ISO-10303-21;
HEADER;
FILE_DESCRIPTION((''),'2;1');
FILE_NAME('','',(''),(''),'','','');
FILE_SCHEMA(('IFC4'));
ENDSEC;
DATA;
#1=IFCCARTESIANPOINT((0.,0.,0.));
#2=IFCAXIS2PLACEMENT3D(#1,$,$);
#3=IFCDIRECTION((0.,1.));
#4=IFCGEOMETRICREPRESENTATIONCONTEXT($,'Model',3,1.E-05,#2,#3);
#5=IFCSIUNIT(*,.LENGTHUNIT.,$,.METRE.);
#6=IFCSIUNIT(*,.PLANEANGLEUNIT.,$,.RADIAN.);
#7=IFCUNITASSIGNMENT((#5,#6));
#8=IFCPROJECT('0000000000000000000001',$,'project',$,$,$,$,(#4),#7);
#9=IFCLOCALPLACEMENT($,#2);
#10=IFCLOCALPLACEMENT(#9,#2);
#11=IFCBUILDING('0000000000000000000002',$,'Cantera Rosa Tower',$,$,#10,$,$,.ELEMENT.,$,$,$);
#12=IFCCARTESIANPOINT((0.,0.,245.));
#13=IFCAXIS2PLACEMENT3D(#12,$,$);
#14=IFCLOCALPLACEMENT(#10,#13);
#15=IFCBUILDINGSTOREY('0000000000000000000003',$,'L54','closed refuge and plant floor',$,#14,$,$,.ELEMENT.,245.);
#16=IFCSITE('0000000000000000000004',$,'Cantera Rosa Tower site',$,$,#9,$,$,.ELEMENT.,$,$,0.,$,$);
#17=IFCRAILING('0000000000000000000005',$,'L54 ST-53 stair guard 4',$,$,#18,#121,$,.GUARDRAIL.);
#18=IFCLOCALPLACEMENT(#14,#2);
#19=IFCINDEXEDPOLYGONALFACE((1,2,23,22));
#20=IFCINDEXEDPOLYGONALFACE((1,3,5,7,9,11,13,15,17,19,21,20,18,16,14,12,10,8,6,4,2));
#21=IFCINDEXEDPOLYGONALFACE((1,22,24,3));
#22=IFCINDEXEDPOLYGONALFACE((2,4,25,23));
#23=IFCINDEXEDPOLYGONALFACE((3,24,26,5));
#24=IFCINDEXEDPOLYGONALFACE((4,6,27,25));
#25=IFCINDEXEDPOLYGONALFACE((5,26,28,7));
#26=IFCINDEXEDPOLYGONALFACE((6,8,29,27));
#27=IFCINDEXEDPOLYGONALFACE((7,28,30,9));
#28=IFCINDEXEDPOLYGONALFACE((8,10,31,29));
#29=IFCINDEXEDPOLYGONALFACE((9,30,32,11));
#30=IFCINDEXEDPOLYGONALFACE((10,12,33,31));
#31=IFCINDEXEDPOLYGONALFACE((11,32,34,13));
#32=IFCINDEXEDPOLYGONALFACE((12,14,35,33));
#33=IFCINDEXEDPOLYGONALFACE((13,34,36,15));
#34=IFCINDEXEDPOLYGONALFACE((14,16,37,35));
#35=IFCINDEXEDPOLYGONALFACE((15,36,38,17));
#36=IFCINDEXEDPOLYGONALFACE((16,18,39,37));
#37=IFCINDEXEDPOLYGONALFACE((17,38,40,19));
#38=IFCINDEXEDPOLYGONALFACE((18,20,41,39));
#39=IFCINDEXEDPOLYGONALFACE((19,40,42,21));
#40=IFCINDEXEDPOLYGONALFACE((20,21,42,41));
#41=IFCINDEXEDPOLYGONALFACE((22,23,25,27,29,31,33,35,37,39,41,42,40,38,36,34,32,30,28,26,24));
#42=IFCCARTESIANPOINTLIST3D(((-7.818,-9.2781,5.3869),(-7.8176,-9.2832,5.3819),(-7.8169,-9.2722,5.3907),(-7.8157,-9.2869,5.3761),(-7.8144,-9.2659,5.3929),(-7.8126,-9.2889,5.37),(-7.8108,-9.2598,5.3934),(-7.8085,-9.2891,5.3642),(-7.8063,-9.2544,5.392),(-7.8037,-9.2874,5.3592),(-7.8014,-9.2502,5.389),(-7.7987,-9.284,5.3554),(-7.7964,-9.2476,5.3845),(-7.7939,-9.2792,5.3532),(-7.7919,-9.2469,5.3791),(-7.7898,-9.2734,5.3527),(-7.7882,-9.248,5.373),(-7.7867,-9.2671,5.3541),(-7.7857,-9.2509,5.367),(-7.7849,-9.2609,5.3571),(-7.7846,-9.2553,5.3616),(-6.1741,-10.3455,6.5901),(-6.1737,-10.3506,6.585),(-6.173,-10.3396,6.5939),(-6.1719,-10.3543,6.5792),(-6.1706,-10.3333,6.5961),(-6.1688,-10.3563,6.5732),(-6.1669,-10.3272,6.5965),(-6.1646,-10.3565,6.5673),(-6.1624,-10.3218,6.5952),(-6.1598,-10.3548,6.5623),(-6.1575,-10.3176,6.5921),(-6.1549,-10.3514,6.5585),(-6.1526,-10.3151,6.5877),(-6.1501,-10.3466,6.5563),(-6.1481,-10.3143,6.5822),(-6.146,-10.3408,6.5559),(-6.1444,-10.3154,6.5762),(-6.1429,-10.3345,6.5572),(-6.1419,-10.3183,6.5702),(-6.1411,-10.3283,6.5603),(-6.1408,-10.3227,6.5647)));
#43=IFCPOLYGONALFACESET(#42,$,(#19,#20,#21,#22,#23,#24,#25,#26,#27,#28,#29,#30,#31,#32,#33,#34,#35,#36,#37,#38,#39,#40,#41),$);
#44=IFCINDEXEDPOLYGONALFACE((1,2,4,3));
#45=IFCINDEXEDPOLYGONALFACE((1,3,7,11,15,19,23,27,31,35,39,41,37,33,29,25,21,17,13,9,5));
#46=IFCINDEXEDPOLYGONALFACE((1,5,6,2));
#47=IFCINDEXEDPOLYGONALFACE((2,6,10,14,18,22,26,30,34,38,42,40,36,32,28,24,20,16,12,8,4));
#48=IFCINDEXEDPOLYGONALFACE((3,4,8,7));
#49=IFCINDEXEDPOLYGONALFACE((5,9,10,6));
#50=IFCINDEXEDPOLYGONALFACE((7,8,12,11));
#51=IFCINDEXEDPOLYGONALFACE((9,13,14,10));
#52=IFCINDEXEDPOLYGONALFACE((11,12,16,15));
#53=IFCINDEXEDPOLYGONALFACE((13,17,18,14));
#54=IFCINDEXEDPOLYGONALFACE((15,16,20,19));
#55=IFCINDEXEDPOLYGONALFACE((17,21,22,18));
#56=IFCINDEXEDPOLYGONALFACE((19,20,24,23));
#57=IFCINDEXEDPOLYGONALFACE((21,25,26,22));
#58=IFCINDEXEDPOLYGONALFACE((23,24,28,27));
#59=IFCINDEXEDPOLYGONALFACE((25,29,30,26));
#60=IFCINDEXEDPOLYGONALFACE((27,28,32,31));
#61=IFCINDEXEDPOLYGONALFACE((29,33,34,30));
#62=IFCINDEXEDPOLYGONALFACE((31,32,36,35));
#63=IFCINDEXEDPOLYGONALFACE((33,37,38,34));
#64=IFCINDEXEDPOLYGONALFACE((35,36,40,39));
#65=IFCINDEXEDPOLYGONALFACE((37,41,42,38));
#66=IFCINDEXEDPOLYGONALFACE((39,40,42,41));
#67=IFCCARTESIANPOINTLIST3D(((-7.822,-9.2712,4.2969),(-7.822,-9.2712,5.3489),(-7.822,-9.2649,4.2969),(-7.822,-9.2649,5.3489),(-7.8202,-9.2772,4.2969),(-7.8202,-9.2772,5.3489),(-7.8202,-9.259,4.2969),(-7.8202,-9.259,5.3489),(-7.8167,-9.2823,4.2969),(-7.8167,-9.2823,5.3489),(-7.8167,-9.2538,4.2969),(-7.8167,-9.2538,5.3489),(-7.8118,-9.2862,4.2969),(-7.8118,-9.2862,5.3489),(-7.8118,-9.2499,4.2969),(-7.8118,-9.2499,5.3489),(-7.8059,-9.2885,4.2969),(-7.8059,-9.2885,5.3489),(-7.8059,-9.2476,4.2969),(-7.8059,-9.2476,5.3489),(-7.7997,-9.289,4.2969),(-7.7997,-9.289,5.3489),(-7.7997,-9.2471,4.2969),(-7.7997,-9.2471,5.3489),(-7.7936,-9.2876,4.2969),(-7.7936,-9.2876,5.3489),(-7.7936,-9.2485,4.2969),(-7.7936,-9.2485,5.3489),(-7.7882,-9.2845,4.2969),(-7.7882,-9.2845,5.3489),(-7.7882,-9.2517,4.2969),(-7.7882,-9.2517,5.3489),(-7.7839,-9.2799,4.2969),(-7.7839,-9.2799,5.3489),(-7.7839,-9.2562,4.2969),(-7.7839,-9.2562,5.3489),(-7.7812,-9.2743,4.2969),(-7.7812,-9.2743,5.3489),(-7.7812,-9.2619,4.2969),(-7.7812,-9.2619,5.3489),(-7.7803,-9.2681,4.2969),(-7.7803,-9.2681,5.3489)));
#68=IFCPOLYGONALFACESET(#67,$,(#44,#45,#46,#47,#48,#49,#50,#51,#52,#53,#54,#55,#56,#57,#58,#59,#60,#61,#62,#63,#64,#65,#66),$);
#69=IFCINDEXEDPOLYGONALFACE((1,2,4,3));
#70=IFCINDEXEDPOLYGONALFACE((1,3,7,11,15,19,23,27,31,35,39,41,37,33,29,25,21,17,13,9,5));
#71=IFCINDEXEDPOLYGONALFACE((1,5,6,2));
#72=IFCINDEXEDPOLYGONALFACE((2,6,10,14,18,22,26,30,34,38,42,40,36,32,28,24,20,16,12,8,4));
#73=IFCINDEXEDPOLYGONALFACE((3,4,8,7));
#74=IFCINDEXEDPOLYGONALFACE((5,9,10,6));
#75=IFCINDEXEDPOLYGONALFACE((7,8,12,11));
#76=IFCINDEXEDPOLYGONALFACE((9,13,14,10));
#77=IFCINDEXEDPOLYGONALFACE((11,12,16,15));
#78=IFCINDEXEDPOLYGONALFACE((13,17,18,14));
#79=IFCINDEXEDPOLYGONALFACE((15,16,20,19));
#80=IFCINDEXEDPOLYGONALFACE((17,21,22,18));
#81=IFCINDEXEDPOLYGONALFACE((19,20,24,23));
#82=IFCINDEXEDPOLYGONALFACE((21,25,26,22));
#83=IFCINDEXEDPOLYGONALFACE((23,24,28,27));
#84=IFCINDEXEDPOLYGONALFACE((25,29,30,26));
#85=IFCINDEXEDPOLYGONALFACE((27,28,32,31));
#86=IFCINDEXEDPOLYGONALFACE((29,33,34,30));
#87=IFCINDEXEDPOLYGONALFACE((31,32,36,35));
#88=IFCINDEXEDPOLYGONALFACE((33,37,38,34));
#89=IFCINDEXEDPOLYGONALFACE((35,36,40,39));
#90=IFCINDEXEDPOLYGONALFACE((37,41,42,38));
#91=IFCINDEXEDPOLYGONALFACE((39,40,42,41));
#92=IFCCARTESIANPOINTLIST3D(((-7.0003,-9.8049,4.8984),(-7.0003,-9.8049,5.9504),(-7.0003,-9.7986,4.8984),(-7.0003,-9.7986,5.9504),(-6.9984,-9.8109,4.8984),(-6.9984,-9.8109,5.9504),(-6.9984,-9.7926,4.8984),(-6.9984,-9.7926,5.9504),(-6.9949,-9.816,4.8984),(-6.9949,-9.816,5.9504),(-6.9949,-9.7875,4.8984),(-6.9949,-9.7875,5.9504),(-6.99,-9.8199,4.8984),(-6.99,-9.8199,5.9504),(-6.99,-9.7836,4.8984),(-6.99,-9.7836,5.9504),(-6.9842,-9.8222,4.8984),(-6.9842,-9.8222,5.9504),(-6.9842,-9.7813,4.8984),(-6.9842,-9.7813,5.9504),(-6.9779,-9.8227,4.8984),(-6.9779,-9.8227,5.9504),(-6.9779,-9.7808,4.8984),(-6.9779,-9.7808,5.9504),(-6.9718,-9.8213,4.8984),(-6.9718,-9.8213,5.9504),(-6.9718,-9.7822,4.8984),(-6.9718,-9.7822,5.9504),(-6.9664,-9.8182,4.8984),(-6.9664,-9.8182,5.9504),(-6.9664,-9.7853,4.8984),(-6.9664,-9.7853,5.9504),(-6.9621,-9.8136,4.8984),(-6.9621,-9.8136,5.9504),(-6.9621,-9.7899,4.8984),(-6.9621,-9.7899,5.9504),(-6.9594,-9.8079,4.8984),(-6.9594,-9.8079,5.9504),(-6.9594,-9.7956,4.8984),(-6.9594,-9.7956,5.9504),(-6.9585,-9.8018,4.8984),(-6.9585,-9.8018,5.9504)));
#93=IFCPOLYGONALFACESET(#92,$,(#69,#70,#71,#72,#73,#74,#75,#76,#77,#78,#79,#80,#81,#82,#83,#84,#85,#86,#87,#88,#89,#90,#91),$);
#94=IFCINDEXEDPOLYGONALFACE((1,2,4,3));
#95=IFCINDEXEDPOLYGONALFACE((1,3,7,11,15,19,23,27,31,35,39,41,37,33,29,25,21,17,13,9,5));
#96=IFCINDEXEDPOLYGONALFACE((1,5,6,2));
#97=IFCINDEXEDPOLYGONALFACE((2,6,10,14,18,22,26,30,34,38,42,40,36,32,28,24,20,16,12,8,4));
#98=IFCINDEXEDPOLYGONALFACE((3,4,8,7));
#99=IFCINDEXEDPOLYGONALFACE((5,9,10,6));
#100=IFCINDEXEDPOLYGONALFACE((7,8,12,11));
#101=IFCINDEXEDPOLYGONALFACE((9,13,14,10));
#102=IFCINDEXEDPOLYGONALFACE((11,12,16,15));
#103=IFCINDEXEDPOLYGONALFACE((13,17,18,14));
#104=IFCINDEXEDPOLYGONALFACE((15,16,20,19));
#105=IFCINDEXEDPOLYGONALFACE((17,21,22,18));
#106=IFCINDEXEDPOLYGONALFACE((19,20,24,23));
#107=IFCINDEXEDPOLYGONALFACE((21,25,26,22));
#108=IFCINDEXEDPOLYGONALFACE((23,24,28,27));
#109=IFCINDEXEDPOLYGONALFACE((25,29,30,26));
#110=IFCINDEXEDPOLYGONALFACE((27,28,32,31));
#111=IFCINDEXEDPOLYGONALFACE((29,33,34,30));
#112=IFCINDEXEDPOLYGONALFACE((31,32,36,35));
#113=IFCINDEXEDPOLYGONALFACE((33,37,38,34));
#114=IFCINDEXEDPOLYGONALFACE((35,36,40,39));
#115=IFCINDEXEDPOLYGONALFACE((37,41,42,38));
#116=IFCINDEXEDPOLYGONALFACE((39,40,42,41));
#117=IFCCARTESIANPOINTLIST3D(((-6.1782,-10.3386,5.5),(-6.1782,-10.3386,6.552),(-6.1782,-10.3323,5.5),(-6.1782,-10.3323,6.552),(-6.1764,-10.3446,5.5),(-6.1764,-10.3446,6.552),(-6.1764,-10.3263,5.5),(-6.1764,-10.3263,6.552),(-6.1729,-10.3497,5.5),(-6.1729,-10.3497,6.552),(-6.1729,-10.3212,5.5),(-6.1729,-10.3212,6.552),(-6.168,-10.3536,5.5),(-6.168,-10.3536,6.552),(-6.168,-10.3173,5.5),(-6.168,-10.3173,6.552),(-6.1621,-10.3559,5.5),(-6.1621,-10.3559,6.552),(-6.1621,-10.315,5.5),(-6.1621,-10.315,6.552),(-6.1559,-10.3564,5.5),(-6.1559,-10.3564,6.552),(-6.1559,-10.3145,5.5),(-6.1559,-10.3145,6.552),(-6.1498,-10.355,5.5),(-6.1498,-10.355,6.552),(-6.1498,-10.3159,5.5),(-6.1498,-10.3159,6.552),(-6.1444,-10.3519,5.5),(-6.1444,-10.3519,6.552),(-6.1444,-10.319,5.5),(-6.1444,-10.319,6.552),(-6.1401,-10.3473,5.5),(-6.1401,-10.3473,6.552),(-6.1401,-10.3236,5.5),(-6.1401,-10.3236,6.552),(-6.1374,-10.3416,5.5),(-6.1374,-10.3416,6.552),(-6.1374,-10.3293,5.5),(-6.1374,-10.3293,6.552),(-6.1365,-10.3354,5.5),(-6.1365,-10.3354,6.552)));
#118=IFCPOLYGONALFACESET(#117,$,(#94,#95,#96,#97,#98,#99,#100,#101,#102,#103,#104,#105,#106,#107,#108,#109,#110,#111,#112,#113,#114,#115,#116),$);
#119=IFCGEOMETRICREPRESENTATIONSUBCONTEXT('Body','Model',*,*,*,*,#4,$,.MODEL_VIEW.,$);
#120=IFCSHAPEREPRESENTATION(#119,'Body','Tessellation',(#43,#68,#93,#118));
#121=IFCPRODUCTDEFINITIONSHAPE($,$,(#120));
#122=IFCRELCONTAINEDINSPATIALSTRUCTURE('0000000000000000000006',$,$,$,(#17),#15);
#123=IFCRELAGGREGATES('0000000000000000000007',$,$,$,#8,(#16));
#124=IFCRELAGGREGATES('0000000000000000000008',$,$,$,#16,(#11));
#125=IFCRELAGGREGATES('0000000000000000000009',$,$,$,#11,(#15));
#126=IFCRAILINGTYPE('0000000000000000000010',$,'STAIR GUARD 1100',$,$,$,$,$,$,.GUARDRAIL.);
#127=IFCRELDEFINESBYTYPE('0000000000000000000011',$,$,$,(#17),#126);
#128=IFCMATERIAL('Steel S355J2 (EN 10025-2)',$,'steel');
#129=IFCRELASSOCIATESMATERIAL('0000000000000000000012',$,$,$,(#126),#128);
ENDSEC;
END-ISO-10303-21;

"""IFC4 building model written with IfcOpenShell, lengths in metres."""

from ifc_helpers import new_model, si_unit, direction, frame, origin, origin_2d, place, context, subcontext, project, spatial, circle, extrude, material, type_object, element, save


model = new_model("IFC4")

# Units and contexts
model_context = context("Model", 3, precision=1e-05, world=origin(), true_north=direction((0.0, 1.0)))
body_context = subcontext(model_context, "Body", "Model", "MODEL_VIEW")
ifc_project = project(units=[si_unit("LENGTHUNIT", "METRE"), si_unit("PLANEANGLEUNIT", "RADIAN")], contexts=[model_context])

# Site, building, storey
site_placement = place(None, origin())
site = spatial("IfcSite", under=ifc_project, at=site_placement, Name="Cantera Rosa Tower site", CompositionType="ELEMENT", RefElevation=0.0)
building_placement = place(site_placement, origin())
building = spatial("IfcBuilding", under=site, at=building_placement, Name="Cantera Rosa Tower", CompositionType="ELEMENT")
storey_placement = place(building_placement, frame((0.0, 0.0, 245.0)))
storey = spatial("IfcBuildingStorey", under=building, at=storey_placement, Name="L54", Description="closed refuge and plant floor", CompositionType="ELEMENT", Elevation=245.0)

# Railing
ifc_material_1 = material(Name="Steel S355J2 (EN 10025-2)", Category="steel")
railing_type_1 = type_object("IfcRailingType", Name="STAIR GUARD 1100", PredefinedType="GUARDRAIL", material=ifc_material_1)
railing_1_placement = place(storey_placement, frame((-7.8013, -9.2681, 4.2969)))
element("IfcRailing", 1, at=railing_1_placement, inside=storey, type_object=railing_type_1, Name="L54 ST-53 stair guard 4", PredefinedType="GUARDRAIL", context=body_context, shape_type="SweptSolid", body=[
    extrude(circle(Radius=0.0239, at=origin_2d()), frame((0.0, 0.0, 1.0762), z_axis=(0.71477, -0.464128, 0.523153), x_axis=(0.544599, 0.838697, 0.0)), (0.0, 0.0, 1.0), 2.2998),
    extrude(circle(Radius=0.021, at=origin_2d()), origin(), (0.0, 0.0, 1.0), 1.052),
    extrude(circle(Radius=0.021, at=origin_2d()), frame((0.8218, -0.5337, 0.6016)), (0.0, 0.0, 1.0), 1.052),
    extrude(circle(Radius=0.021, at=origin_2d()), frame((1.6438, -1.0674, 1.2031)), (0.0, 0.0, 1.0), 1.052),
])

save(model, "model.ifc")
